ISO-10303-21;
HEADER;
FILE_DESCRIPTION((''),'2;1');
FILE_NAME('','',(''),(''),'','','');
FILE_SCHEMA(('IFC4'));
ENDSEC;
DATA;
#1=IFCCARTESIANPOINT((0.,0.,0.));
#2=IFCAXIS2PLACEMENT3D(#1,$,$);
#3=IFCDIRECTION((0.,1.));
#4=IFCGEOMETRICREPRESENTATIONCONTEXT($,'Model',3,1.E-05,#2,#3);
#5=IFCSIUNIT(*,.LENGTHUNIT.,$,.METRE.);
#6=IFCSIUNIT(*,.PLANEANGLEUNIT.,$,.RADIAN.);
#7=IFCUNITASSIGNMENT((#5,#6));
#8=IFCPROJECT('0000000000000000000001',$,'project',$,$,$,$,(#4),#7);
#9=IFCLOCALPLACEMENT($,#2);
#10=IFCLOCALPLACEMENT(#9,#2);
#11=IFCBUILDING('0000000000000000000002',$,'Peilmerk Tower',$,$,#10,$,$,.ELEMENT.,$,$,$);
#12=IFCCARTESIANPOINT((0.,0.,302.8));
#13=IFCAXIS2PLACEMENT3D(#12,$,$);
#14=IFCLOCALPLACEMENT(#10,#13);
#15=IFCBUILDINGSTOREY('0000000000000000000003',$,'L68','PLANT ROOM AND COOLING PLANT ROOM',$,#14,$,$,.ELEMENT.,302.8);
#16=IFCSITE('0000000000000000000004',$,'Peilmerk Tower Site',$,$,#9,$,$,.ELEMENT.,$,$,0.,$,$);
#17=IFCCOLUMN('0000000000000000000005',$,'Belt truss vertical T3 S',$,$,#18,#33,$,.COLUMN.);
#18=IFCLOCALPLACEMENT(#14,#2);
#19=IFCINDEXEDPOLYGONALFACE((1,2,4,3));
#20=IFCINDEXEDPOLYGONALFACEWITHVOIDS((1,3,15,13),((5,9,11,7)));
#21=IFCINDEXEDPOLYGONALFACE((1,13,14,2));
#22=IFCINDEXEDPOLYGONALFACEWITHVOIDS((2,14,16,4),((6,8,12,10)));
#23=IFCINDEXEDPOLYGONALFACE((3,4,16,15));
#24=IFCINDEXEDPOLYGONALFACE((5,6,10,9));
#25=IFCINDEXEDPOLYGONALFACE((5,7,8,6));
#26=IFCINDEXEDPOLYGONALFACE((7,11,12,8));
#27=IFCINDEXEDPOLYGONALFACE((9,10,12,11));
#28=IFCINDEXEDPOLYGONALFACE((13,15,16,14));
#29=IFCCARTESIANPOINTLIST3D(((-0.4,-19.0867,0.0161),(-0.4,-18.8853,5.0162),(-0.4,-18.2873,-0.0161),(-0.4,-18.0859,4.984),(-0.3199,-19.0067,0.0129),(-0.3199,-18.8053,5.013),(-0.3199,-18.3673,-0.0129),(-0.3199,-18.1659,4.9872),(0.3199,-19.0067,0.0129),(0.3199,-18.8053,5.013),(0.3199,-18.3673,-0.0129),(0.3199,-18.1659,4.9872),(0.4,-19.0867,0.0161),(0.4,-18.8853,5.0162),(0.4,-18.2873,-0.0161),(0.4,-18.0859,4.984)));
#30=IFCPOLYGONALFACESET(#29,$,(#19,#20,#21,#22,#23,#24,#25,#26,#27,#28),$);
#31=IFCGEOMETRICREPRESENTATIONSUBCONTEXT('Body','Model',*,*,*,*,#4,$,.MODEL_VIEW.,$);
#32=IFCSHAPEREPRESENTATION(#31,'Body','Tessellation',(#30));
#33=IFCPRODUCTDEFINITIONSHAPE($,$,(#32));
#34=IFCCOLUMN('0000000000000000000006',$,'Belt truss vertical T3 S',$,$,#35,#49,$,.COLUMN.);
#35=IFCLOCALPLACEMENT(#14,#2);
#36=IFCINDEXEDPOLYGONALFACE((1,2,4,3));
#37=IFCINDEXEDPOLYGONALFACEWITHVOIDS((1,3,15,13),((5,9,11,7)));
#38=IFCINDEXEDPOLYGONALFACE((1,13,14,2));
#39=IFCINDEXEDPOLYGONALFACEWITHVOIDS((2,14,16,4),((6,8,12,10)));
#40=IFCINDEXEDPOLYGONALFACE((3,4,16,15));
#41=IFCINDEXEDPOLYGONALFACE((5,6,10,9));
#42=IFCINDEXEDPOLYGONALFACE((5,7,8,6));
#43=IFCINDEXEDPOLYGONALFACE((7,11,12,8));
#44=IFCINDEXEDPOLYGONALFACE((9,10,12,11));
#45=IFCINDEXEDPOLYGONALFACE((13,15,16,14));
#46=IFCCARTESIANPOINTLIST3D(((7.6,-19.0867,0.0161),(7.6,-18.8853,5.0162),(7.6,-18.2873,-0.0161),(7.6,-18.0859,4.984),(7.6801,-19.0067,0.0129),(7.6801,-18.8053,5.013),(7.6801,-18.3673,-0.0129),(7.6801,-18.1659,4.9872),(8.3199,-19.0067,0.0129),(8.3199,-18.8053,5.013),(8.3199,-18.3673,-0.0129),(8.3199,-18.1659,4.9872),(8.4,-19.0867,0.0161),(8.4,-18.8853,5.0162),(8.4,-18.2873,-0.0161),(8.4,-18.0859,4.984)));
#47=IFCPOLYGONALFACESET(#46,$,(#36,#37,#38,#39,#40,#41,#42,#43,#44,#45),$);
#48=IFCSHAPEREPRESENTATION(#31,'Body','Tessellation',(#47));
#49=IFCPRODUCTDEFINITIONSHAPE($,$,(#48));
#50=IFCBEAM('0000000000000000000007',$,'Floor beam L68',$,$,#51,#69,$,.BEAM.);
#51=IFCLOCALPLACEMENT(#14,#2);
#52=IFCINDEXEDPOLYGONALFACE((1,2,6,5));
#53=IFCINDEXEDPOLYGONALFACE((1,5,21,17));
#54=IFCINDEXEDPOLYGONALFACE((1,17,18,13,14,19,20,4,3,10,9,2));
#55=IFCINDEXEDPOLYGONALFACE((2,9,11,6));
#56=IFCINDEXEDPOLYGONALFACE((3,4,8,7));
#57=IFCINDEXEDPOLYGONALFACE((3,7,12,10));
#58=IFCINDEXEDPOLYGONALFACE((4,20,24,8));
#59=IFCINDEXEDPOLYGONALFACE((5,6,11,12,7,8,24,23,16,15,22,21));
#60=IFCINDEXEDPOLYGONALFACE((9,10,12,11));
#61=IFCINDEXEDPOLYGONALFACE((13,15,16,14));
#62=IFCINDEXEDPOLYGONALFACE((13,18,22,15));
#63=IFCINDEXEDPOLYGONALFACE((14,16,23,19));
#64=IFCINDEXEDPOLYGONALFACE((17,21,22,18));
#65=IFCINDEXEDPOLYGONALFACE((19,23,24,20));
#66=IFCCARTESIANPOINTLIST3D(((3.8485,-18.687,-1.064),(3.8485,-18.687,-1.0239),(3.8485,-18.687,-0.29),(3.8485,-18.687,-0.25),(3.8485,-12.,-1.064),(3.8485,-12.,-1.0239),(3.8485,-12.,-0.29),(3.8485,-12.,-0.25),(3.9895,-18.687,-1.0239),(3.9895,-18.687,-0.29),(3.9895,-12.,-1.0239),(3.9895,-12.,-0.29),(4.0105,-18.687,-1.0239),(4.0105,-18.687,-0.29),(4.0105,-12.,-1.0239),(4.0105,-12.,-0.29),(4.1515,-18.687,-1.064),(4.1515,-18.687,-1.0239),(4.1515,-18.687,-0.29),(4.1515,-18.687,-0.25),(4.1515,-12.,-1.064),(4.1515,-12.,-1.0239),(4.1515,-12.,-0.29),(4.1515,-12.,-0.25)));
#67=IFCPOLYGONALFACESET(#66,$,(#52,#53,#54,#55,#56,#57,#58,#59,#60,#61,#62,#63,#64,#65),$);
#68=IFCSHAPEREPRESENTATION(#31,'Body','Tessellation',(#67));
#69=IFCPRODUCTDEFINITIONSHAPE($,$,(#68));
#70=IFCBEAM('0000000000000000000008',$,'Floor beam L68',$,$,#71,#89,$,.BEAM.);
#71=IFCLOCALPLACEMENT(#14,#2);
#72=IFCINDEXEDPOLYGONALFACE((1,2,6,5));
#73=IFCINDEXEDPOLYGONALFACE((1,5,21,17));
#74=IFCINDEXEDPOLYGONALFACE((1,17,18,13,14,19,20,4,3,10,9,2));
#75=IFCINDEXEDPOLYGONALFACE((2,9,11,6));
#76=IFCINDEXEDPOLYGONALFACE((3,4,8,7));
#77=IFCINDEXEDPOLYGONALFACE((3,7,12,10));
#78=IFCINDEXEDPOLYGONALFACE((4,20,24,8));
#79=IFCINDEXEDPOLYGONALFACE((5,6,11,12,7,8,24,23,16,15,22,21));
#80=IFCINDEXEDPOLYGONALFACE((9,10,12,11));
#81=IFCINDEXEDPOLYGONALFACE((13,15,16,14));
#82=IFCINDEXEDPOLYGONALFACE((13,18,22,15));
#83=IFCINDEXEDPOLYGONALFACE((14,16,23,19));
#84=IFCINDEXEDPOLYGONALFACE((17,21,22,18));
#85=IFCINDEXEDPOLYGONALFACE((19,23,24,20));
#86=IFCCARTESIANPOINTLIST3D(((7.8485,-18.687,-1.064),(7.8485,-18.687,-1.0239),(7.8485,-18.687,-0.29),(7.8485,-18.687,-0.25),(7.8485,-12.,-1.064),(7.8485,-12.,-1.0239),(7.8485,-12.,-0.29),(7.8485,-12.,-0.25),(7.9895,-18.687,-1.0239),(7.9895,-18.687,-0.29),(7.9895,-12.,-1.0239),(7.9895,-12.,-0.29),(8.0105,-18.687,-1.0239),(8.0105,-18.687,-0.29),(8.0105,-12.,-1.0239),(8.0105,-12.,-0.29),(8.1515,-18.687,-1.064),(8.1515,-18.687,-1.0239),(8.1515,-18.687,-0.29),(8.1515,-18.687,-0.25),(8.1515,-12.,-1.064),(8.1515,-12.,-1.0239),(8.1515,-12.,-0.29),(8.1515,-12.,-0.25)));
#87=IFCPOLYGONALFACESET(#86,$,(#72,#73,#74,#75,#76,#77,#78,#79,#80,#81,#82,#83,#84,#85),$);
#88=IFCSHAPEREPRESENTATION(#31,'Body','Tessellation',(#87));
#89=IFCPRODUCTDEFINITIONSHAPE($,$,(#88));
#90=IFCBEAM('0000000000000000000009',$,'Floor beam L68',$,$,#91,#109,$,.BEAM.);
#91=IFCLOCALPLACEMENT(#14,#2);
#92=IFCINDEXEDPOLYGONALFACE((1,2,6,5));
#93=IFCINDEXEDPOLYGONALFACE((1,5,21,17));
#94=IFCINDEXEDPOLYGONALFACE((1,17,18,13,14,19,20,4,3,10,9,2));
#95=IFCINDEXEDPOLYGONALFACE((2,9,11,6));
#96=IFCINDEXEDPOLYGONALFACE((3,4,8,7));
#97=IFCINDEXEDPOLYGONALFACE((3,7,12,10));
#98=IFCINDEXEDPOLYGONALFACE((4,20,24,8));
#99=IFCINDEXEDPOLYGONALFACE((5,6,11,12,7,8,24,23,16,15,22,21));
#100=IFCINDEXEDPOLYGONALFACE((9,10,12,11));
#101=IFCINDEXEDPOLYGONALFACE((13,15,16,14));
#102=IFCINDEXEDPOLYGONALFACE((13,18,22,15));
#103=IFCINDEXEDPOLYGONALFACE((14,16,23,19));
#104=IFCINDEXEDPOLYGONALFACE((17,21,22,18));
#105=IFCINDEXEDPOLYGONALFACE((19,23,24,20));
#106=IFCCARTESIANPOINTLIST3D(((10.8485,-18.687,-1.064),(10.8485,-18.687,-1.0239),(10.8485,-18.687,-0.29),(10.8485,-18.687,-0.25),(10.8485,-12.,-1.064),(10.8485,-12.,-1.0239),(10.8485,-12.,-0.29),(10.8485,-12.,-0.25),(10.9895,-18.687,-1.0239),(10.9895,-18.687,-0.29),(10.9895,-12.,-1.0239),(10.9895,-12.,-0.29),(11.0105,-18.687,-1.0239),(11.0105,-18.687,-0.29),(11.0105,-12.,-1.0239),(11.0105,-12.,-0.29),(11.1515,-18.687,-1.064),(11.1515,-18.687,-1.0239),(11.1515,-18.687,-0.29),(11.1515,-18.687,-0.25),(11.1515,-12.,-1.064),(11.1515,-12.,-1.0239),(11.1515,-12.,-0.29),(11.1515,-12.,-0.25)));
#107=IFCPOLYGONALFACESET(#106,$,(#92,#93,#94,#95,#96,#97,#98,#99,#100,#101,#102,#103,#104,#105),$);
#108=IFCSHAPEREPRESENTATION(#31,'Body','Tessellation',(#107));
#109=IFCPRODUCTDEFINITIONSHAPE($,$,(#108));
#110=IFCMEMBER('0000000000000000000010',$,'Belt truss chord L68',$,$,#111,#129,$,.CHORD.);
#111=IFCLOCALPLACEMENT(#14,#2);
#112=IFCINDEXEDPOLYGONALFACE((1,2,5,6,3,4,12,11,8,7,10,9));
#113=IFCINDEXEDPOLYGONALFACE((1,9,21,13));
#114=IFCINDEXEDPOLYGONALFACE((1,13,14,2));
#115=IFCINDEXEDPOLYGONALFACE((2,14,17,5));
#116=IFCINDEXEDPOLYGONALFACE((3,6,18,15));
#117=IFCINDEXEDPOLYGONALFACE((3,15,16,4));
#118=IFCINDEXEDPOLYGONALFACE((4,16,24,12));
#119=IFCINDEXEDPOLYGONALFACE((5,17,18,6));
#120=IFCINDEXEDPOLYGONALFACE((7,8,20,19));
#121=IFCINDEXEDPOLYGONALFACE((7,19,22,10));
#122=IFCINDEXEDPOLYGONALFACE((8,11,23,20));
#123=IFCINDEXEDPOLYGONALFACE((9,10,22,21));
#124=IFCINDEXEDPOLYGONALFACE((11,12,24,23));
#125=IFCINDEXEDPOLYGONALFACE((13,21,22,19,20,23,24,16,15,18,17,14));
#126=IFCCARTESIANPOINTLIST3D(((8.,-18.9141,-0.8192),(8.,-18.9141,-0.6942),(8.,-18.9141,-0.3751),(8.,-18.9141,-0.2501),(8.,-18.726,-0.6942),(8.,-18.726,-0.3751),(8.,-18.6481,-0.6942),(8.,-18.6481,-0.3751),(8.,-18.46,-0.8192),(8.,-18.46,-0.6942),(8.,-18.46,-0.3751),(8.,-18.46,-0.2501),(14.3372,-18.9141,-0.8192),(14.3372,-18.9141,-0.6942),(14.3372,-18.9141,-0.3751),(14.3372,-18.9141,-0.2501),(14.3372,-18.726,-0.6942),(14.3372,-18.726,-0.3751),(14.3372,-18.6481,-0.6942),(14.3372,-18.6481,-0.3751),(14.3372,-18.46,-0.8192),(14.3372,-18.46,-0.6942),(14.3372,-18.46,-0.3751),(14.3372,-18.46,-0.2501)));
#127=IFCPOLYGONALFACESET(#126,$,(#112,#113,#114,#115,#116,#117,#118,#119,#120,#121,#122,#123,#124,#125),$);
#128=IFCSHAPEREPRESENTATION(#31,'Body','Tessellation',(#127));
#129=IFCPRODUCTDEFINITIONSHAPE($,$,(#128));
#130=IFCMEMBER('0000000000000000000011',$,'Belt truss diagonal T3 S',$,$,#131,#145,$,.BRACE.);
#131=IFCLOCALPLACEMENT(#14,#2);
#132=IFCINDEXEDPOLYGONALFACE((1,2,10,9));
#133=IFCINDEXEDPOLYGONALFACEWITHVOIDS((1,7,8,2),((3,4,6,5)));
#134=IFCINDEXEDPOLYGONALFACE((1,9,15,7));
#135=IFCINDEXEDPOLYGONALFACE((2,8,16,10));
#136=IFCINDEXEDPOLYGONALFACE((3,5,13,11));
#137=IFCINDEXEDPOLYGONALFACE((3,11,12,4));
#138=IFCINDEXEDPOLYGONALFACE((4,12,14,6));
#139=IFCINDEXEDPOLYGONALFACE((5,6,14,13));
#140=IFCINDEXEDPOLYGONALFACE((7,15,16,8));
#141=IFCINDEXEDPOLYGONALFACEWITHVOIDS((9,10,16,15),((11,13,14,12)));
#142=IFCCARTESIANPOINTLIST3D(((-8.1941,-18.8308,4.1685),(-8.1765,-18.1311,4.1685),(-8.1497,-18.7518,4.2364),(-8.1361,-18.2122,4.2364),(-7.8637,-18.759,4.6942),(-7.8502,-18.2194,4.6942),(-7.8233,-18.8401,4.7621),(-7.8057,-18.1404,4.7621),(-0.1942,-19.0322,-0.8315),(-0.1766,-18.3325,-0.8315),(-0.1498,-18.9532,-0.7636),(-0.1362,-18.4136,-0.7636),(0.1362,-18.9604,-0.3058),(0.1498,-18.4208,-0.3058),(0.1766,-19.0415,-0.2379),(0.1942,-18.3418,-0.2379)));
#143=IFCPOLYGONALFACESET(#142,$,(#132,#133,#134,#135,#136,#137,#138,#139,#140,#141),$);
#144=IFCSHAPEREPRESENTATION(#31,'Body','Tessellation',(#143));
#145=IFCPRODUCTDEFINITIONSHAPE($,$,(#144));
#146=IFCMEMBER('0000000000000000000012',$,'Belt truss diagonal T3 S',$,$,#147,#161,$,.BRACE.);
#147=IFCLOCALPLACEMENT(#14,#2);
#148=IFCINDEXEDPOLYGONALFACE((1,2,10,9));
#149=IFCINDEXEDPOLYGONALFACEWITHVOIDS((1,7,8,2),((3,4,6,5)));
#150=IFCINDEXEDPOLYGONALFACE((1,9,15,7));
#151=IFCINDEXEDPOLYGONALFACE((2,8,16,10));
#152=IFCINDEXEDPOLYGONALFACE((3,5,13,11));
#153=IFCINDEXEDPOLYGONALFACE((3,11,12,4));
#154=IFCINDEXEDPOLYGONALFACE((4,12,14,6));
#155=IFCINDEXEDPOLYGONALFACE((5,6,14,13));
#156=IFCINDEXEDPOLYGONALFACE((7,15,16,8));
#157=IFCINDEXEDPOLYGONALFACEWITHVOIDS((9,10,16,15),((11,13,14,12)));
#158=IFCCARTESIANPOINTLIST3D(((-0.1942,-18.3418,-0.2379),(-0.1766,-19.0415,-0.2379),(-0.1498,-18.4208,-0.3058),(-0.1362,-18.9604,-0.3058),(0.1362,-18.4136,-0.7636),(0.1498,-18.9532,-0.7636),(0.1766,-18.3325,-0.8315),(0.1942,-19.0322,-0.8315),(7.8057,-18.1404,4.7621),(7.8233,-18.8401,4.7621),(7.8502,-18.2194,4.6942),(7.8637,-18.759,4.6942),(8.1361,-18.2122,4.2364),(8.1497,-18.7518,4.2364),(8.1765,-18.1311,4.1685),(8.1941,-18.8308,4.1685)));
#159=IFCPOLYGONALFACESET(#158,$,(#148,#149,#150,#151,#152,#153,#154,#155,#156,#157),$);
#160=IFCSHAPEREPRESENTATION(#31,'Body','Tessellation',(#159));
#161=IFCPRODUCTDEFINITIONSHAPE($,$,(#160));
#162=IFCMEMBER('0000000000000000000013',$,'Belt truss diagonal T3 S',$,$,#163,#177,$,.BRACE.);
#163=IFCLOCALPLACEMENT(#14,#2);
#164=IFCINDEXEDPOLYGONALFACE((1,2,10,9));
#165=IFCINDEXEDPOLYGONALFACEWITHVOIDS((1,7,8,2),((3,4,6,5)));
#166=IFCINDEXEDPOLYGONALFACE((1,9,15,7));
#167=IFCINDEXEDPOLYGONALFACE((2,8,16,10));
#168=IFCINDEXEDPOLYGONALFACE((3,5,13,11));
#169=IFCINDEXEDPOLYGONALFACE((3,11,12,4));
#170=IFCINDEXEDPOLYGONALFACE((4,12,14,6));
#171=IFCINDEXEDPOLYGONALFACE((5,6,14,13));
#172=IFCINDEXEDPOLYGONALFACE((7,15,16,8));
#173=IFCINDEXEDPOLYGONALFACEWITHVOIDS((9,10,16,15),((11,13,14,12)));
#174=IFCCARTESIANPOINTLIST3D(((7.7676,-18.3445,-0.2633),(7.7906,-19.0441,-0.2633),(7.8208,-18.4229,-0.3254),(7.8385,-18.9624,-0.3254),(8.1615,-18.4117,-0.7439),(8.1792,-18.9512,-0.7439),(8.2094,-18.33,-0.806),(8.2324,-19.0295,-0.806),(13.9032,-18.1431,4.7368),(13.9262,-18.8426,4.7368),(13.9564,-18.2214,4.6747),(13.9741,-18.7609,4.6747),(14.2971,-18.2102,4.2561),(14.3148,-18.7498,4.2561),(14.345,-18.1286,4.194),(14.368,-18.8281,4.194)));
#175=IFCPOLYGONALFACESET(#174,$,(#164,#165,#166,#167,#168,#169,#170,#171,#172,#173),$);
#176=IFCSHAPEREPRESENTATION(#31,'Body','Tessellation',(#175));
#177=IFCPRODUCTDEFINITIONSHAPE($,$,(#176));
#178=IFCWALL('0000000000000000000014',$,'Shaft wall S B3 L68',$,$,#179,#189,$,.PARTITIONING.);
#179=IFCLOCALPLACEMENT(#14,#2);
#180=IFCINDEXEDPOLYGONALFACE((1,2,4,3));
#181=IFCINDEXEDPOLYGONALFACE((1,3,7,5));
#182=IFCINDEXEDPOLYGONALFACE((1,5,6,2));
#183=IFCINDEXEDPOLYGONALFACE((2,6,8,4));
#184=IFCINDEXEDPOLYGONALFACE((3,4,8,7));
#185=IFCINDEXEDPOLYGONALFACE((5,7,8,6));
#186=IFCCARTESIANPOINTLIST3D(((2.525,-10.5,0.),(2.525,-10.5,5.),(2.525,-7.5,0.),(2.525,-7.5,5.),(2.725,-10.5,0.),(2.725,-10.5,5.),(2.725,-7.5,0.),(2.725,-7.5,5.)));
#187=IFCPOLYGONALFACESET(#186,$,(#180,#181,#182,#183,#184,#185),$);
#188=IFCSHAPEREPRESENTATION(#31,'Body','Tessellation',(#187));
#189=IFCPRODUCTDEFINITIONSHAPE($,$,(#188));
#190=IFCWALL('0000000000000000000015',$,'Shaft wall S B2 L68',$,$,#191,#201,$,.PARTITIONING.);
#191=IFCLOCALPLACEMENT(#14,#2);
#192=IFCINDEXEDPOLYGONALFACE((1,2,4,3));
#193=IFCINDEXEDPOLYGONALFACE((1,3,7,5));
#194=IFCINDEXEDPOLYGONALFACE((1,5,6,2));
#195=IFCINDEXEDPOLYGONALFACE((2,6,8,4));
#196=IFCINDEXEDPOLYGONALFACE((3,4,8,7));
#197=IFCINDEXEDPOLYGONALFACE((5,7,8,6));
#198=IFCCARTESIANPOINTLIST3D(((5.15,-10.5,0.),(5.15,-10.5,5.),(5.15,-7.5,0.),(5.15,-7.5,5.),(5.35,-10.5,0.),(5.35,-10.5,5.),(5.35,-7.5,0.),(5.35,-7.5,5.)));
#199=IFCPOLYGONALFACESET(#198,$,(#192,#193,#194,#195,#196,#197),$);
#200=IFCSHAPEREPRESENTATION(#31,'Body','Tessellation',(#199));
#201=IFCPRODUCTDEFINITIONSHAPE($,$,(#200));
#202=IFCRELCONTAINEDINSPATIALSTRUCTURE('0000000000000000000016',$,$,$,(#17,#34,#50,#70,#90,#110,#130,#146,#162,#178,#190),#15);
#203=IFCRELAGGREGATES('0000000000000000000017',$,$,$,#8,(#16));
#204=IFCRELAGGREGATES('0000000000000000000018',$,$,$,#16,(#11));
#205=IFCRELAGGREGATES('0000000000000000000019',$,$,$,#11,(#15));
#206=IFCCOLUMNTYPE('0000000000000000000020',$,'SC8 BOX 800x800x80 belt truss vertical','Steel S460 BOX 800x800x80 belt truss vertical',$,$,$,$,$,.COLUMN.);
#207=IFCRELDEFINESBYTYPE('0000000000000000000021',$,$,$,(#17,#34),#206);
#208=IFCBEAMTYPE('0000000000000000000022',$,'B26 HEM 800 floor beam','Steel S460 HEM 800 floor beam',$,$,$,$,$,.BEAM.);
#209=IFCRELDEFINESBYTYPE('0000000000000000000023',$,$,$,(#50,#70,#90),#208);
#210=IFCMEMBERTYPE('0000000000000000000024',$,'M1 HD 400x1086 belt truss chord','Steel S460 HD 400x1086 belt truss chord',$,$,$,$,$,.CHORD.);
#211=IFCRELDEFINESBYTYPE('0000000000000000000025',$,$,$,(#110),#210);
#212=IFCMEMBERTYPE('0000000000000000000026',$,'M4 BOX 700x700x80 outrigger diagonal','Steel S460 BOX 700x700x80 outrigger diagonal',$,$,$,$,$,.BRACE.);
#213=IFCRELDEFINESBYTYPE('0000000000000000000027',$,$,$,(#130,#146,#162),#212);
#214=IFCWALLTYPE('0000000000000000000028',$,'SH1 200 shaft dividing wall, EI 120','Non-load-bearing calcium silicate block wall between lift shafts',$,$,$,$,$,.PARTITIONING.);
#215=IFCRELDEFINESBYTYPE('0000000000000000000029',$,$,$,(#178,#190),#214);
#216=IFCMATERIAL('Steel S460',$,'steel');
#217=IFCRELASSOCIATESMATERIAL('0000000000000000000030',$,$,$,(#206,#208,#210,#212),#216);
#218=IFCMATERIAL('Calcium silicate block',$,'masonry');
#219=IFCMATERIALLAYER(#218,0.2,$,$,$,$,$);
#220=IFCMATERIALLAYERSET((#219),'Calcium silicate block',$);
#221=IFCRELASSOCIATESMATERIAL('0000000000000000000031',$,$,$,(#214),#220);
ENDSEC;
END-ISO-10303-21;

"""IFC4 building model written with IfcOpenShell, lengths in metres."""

from ifc_helpers import new_model, si_unit, direction, frame, frame_2d, origin, origin_2d, place, context, subcontext, project, spatial, rectangle, hollow_rectangle, i_section, extrude, material, layer, layer_set, material_profile, profile_set, type_object, element, save


model = new_model("IFC4")

# Units and contexts
model_context = context("Model", 3, precision=1e-05, world=origin(), true_north=direction((0.0, 1.0)))
body_context = subcontext(model_context, "Body", "Model", "MODEL_VIEW")
ifc_project = project(units=[si_unit("LENGTHUNIT", "METRE"), si_unit("PLANEANGLEUNIT", "RADIAN")], contexts=[model_context])

# Site, building, storey
site_placement = place(None, origin())
site = spatial("IfcSite", under=ifc_project, at=site_placement, Name="Peilmerk Tower Site", CompositionType="ELEMENT", RefElevation=0.0)
building_placement = place(site_placement, origin())
building = spatial("IfcBuilding", under=site, at=building_placement, Name="Peilmerk Tower", CompositionType="ELEMENT")
storey_placement = place(building_placement, frame((0.0, 0.0, 302.8)))
storey = spatial("IfcBuildingStorey", under=building, at=storey_placement, Name="L68", Description="PLANT ROOM AND COOLING PLANT ROOM", CompositionType="ELEMENT", Elevation=302.8)

# Columns
ifc_material_1 = material(Name="Steel S460", Category="steel")
ifc_material_profile_1 = material_profile(ifc_material_1, hollow_rectangle(XDim=0.8, YDim=0.8, WallThickness=0.0801, at=origin_2d()), Name="BOX 800x800x80")
ifc_profile_set_1 = profile_set([ifc_material_profile_1], Name="Steel S460")
column_type = type_object("IfcColumnType", Name="SC8 BOX 800x800x80 belt truss vertical", Description="Steel S460 BOX 800x800x80 belt truss vertical", PredefinedType="COLUMN", material=ifc_profile_set_1)
for number, where, z_axis, x_axis, name in (
    (1, (0.0, -18.687, 0.0), (0.0, 0.040251, 0.99919), (-1.0, 0.0, 0.0), "Belt truss vertical T3 S"),
    (2, (8.0, -18.687, 0.0), (0.0, 0.040251, 0.99919), (-1.0, 0.0, 0.0), "Belt truss vertical T3 S"),
):
    element("IfcColumn", number, at=place(storey_placement, frame(where, z_axis=z_axis, x_axis=x_axis)), inside=storey, type_object=column_type, Name=name, PredefinedType="COLUMN", context=body_context, shape_type="SweptSolid", body=[
        extrude(hollow_rectangle(XDim=0.8, YDim=0.8, WallThickness=0.0801, at=origin_2d()), origin(), (0.0, 0.0, 1.0), 5.0042),
    ])

# Beams
ifc_material_profile_2 = material_profile(ifc_material_1, i_section(OverallWidth=0.303, OverallDepth=0.814, WebThickness=0.021, FlangeThickness=0.04, at=origin_2d()), Name="HEM 800")
ifc_profile_set_2 = profile_set([ifc_material_profile_2], Name="Steel S460")
beam_type = type_object("IfcBeamType", Name="B26 HEM 800 floor beam", Description="Steel S460 HEM 800 floor beam", PredefinedType="BEAM", material=ifc_profile_set_2)
for number, where, z_axis, x_axis, name in (
    (3, (4.0, -12.0, -0.657), (0.0, -1.0, 0.0), (1.0, 0.0, 0.0), "Floor beam L68"),
    (4, (8.0, -12.0, -0.657), (0.0, -1.0, 0.0), (1.0, 0.0, 0.0), "Floor beam L68"),
    (5, (11.0, -12.0, -0.657), (0.0, -1.0, 0.0), (1.0, 0.0, 0.0), "Floor beam L68"),
):
    element("IfcBeam", number, at=place(storey_placement, frame(where, z_axis=z_axis, x_axis=x_axis)), inside=storey, type_object=beam_type, Name=name, PredefinedType="BEAM", context=body_context, shape_type="SweptSolid", body=[
        extrude(i_section(OverallWidth=0.303, OverallDepth=0.814, WebThickness=0.021, FlangeThickness=0.04, at=origin_2d()), origin(), (0.0, 0.0, 1.0), 6.687),
    ])

# Members
ifc_material_profile_3 = material_profile(ifc_material_1, i_section(OverallWidth=0.4541, OverallDepth=0.5691, WebThickness=0.0779, FlangeThickness=0.125, at=origin_2d()), Name="HD 400x1086")
ifc_profile_set_3 = profile_set([ifc_material_profile_3], Name="Steel S460")
member_type_1 = type_object("IfcMemberType", Name="M1 HD 400x1086 belt truss chord", Description="Steel S460 HD 400x1086 belt truss chord", PredefinedType="CHORD", material=ifc_profile_set_3)
member_1_placement = place(storey_placement, frame((8.0, -18.687, -0.5347), z_axis=(1.0, 0.0, 0.0), x_axis=(0.0, 1.0, 0.0)))
element("IfcMember", 6, at=member_1_placement, inside=storey, type_object=member_type_1, Name="Belt truss chord L68", PredefinedType="CHORD", context=body_context, shape_type="SweptSolid", body=[
    extrude(i_section(OverallWidth=0.4541, OverallDepth=0.5691, WebThickness=0.0779, FlangeThickness=0.125, at=origin_2d()), origin(), (0.0, 0.0, 1.0), 6.3372),
])
ifc_material_profile_4 = material_profile(ifc_material_1, hollow_rectangle(XDim=0.7, YDim=0.7, WallThickness=0.0801, at=origin_2d()), Name="BOX 700x700x80")
ifc_profile_set_4 = profile_set([ifc_material_profile_4], Name="Steel S460")
member_type_2 = type_object("IfcMemberType", Name="M4 BOX 700x700x80 outrigger diagonal", Description="Steel S460 BOX 700x700x80 outrigger diagonal", PredefinedType="BRACE", material=ifc_profile_set_4)
for number, where, z_axis, x_axis, name in (
    (7, (0.0, -18.687, -0.5347), (-0.847805, 0.021345, 0.529878), (-0.025169, -0.999683, 0.0), "Belt truss diagonal T3 S"),
    (8, (0.0, -18.687, -0.5347), (0.847805, 0.021345, 0.529878), (-0.025169, 0.999683, 0.0), "Belt truss diagonal T3 S"),
):
    element("IfcMember", number, at=place(storey_placement, frame(where, z_axis=z_axis, x_axis=x_axis)), inside=storey, type_object=member_type_2, Name=name, PredefinedType="BRACE", context=body_context, shape_type="SweptSolid", body=[
        extrude(hollow_rectangle(XDim=0.7, YDim=0.7, WallThickness=0.0801, at=origin_2d()), origin(), (0.0, 0.0, 1.0), 9.436),
    ])
member_2_placement = place(storey_placement, frame((8.0, -18.687, -0.5347), z_axis=(0.77494, 0.02544, 0.631522), x_axis=(-0.03281, 0.999462, 0.0)))
element("IfcMember", 9, at=member_2_placement, inside=storey, type_object=member_type_2, Name="Belt truss diagonal T3 S", PredefinedType="BRACE", context=body_context, shape_type="SweptSolid", body=[
    extrude(hollow_rectangle(XDim=0.7, YDim=0.7, WallThickness=0.0801, at=origin_2d()), origin(), (0.0, 0.0, 1.0), 7.9175),
])

# Walls
ifc_material_2 = material(Name="Calcium silicate block", Category="masonry")
ifc_layer_1 = layer(ifc_material_2, 0.2)
ifc_layer_set_1 = layer_set([ifc_layer_1], Name="Calcium silicate block")
wall_type_1 = type_object("IfcWallType", Name="SH1 200 shaft dividing wall, EI 120", Description="Non-load-bearing calcium silicate block wall between lift shafts", PredefinedType="PARTITIONING", material=ifc_layer_set_1)
for number, where, z_axis, x_axis, name in (
    (10, (2.625, -10.5, 0.0), (0.0, 0.0, 1.0), (0.0, 1.0, 0.0), "Shaft wall S B3 L68"),
    (11, (5.25, -10.5, 0.0), (0.0, 0.0, 1.0), (0.0, 1.0, 0.0), "Shaft wall S B2 L68"),
):
    element("IfcWall", number, at=place(storey_placement, frame(where, z_axis=z_axis, x_axis=x_axis)), inside=storey, type_object=wall_type_1, Name=name, PredefinedType="PARTITIONING", context=body_context, shape_type="SweptSolid", body=[
        extrude(rectangle(XDim=3.0, YDim=0.2, at=frame_2d((1.5, 0.0))), origin(), (0.0, 0.0, 1.0), 5.0),
    ])

save(model, "model.ifc")
